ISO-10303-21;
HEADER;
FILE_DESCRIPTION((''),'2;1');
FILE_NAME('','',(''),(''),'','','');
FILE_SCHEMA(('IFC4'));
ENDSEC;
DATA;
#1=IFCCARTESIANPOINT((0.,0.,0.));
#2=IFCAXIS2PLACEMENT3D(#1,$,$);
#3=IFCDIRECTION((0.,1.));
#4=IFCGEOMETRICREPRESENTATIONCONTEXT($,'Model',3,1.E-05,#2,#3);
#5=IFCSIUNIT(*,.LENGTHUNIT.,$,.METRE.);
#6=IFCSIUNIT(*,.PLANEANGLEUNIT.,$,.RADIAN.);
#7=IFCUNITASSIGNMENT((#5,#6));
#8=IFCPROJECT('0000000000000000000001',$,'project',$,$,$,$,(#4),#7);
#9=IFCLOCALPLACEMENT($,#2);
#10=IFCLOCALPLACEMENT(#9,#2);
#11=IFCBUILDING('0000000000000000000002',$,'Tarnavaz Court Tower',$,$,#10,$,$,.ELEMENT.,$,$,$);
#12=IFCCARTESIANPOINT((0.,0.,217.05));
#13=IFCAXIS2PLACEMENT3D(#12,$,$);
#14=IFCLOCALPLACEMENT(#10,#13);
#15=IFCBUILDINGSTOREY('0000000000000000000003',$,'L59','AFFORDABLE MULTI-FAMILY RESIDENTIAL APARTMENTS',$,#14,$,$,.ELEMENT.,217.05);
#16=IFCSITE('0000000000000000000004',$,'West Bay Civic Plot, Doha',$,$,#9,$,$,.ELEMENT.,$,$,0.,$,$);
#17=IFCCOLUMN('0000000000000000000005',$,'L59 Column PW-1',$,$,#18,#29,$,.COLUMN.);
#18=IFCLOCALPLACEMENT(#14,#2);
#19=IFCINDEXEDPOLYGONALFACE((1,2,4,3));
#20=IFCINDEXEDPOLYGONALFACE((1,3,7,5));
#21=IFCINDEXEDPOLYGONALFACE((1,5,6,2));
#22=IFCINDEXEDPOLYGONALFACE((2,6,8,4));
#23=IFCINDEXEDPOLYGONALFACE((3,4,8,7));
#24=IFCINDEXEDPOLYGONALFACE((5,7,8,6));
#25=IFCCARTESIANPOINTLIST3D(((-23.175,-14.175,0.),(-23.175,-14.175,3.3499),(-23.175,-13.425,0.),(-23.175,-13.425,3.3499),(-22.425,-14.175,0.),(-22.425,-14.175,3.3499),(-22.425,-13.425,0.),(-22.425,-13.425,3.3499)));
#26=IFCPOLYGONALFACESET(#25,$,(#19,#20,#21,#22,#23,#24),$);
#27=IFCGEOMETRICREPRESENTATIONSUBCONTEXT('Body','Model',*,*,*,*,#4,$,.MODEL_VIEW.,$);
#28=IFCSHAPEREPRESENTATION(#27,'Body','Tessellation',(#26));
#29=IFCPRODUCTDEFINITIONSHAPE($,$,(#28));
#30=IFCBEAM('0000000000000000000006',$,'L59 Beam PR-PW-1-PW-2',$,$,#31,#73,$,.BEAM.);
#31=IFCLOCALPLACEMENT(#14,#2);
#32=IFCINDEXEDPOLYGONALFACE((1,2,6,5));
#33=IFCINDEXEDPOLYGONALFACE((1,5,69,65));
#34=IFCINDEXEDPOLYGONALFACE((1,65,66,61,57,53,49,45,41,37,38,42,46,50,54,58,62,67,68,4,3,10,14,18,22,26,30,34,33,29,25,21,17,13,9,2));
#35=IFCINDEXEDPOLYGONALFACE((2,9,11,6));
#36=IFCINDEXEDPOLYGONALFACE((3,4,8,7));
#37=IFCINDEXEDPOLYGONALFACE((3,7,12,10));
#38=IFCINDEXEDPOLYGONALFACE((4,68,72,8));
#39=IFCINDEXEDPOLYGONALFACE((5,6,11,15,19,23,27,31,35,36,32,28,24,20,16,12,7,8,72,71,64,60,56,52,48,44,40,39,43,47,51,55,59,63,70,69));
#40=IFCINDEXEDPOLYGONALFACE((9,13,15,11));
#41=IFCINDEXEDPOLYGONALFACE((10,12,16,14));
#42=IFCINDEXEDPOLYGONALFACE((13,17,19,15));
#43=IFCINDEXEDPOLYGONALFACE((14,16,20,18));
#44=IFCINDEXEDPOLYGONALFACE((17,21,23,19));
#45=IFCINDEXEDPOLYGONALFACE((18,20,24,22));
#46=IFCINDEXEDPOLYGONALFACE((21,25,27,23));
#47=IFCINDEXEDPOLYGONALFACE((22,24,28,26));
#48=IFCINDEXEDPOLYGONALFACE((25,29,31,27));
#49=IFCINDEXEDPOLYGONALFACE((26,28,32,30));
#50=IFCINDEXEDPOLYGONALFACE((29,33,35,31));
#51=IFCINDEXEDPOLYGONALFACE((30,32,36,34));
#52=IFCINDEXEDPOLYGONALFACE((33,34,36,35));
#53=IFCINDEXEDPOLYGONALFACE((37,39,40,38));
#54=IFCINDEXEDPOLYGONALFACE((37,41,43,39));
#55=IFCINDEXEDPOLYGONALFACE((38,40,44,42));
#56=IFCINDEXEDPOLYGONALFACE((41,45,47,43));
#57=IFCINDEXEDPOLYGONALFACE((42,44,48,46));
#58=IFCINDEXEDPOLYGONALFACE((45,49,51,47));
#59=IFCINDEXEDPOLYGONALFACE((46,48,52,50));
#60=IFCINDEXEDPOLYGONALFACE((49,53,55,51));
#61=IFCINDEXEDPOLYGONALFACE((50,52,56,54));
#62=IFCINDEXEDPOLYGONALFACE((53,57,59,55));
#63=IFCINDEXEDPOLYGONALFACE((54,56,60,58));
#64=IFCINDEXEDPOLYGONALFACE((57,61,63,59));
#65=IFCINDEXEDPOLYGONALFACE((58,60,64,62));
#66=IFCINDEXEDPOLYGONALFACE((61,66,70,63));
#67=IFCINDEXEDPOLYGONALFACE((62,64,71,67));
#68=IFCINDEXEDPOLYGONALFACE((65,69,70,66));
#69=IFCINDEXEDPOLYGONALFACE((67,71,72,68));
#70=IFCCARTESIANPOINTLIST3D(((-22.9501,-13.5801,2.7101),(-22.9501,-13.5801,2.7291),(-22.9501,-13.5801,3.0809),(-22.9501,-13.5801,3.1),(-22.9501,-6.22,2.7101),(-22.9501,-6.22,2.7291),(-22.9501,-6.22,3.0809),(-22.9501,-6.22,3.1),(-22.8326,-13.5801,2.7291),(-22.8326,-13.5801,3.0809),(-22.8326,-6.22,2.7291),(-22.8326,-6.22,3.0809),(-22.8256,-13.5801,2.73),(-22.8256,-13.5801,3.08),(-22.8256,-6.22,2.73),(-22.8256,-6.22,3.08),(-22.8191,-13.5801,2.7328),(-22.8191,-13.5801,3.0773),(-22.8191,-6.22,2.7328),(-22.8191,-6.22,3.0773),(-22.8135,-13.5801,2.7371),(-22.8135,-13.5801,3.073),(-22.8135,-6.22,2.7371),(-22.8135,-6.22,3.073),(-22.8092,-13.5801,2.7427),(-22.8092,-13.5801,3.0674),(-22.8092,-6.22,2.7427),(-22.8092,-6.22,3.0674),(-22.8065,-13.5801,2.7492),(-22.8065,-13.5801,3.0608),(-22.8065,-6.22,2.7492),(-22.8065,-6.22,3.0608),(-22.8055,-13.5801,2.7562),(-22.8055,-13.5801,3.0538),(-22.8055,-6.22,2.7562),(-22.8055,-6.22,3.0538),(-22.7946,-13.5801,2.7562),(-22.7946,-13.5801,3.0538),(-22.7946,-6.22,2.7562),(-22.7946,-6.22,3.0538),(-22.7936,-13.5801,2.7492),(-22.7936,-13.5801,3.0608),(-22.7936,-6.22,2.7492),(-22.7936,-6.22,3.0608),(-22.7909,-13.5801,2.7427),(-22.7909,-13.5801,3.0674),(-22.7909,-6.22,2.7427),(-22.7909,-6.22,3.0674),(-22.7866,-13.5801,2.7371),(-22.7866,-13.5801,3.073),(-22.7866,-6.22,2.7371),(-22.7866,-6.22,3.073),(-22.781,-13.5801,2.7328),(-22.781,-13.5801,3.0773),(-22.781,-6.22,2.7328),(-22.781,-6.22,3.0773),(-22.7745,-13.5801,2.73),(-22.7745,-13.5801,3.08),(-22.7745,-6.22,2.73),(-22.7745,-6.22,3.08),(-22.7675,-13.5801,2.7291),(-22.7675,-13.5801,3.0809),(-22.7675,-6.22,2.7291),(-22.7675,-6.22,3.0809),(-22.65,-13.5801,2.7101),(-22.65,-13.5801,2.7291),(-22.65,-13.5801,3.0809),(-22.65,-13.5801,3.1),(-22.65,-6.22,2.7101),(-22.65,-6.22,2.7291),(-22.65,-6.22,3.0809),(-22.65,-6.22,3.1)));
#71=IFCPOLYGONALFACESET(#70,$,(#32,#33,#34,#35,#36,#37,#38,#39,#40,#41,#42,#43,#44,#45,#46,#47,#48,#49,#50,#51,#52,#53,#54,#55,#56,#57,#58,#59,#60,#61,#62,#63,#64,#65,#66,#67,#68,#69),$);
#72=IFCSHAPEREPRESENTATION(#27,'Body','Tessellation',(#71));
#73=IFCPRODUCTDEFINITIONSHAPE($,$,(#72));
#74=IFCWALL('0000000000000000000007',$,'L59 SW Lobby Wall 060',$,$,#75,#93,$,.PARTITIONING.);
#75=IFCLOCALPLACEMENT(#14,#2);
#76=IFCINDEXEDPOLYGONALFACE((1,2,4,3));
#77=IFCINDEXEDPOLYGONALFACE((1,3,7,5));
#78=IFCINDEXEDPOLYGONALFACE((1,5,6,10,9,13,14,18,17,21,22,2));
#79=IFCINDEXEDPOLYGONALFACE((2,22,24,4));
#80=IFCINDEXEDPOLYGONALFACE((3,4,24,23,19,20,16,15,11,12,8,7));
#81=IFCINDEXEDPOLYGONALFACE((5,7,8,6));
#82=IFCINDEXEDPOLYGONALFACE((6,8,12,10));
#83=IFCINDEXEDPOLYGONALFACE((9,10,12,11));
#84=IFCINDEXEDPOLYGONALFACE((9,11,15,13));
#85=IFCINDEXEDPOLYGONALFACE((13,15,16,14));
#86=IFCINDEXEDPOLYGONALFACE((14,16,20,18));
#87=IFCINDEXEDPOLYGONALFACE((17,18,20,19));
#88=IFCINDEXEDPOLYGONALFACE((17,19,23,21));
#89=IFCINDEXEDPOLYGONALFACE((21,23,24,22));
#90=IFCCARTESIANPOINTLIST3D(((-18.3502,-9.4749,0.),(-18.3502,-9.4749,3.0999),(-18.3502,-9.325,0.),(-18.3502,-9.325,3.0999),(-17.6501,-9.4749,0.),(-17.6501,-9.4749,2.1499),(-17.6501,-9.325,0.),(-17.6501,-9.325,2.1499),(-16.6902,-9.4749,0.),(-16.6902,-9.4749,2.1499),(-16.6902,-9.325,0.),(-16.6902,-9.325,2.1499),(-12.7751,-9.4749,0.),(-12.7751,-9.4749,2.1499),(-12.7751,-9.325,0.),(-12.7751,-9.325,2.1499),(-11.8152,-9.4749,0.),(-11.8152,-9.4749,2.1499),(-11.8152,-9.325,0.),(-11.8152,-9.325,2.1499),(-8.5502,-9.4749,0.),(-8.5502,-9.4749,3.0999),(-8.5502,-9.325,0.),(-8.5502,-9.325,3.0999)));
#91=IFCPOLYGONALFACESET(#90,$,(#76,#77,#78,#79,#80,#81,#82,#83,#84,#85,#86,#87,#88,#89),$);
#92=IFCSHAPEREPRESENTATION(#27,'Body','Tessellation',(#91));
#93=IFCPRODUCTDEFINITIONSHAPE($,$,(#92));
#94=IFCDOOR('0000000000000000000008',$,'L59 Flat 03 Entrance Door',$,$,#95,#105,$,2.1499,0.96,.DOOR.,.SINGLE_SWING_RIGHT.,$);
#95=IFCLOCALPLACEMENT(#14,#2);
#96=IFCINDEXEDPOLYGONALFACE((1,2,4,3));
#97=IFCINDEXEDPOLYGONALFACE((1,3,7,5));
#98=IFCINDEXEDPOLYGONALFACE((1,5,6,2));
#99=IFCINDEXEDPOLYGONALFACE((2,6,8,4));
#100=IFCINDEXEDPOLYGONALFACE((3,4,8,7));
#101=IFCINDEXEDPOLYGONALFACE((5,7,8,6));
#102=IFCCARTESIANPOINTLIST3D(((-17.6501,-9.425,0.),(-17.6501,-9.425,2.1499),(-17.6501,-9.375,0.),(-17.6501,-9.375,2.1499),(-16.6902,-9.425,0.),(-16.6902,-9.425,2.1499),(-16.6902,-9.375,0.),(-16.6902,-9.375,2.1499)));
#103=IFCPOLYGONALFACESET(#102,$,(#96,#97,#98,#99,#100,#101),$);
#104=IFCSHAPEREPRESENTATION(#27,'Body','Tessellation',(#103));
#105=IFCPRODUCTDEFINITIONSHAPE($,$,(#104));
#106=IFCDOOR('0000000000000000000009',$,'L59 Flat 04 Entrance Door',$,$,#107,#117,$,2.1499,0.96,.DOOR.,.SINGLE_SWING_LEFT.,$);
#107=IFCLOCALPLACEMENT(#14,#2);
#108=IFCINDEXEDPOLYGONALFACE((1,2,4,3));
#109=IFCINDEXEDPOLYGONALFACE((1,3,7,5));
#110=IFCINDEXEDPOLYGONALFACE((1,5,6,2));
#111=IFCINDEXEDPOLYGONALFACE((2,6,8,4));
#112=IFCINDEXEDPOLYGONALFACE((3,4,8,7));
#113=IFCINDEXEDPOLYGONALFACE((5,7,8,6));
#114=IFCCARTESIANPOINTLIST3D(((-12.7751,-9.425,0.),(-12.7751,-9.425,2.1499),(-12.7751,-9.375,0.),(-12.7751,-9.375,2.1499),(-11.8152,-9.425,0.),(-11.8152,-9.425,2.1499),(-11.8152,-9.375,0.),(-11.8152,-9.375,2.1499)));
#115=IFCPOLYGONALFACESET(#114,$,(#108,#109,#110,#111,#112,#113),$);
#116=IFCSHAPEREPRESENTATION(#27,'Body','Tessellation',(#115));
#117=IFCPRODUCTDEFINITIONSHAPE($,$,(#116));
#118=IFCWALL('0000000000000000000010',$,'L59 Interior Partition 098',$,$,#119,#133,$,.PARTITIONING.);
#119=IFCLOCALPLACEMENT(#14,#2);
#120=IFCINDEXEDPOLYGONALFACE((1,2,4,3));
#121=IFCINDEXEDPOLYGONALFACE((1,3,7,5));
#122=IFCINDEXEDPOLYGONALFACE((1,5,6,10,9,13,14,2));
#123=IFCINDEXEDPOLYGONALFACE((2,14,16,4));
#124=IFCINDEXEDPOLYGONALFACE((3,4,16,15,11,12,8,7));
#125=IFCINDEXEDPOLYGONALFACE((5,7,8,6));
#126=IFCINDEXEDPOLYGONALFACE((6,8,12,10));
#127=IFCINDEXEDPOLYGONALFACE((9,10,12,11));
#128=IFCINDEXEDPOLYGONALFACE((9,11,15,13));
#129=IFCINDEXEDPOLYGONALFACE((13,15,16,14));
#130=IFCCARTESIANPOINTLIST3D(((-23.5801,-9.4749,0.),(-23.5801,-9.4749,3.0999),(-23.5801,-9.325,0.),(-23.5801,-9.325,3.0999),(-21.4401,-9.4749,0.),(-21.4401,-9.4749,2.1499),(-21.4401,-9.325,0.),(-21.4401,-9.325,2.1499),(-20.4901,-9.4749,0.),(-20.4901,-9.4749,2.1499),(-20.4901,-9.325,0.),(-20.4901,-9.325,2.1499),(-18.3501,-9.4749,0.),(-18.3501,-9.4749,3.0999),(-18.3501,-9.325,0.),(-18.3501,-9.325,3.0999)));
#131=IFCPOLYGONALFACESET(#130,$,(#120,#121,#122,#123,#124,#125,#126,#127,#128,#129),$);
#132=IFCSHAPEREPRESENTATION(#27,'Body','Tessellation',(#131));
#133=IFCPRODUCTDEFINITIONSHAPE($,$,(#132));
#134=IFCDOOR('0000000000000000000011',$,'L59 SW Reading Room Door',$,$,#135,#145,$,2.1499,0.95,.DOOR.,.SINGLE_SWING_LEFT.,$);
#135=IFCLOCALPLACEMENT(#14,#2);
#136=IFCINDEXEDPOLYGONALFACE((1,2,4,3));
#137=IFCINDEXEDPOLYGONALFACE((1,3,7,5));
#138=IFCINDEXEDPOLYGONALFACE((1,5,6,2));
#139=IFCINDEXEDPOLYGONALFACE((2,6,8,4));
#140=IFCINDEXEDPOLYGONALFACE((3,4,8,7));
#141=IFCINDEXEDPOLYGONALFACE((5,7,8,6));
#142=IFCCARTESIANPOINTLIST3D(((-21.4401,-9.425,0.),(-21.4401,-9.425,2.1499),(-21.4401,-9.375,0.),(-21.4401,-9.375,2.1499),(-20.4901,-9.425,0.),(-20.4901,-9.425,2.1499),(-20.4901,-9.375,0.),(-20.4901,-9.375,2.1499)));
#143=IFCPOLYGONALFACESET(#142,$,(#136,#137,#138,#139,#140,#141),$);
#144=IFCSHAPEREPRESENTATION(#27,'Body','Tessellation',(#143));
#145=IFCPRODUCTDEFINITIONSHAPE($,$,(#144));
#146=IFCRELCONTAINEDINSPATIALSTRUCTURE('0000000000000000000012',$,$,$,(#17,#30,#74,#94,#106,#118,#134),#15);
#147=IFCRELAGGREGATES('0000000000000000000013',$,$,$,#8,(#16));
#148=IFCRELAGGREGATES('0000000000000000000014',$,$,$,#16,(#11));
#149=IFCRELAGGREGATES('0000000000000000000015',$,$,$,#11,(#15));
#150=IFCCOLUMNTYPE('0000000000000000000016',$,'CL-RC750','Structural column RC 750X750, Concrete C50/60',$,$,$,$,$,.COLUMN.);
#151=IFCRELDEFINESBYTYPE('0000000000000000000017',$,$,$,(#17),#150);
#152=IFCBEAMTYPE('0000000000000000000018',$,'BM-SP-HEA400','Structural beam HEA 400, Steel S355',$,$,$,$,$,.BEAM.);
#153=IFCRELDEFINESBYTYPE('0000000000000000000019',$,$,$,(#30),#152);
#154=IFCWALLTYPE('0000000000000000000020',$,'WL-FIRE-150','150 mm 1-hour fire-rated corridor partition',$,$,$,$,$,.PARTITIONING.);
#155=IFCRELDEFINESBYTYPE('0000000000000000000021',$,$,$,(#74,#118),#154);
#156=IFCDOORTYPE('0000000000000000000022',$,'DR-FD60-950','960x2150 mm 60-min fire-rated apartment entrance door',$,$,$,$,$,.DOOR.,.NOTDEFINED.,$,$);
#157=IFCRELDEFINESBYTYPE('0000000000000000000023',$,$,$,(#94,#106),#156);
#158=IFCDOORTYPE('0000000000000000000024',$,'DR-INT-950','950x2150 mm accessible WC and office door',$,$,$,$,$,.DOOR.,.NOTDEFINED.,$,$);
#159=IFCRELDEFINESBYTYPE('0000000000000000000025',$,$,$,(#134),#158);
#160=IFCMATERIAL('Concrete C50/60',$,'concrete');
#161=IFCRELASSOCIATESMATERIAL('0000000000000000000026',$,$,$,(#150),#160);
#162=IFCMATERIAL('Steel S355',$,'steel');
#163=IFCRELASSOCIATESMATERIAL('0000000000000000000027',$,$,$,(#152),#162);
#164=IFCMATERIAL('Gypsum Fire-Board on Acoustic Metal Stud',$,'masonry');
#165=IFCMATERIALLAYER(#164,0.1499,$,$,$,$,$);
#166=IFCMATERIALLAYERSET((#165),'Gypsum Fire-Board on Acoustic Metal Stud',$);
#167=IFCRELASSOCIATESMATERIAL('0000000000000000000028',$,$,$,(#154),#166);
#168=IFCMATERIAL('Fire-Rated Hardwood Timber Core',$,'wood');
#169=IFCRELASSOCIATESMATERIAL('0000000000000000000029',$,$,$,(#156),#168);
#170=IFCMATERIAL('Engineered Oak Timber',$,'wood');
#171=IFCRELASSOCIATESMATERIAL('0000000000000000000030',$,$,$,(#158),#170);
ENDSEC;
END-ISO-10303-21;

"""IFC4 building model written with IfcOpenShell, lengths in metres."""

from ifc_helpers import new_model, si_unit, direction, frame, frame_2d, origin, origin_2d, place, context, subcontext, project, spatial, rectangle, i_section, extrude, material, layer, layer_set, material_profile, profile_set, type_object, element, fill, save


model = new_model("IFC4")

# Units and contexts
model_context = context("Model", 3, precision=1e-05, world=origin(), true_north=direction((0.0, 1.0)))
body_context = subcontext(model_context, "Body", "Model", "MODEL_VIEW")
ifc_project = project(units=[si_unit("LENGTHUNIT", "METRE"), si_unit("PLANEANGLEUNIT", "RADIAN")], contexts=[model_context])

# Site, building, storey
site_placement = place(None, origin())
site = spatial("IfcSite", under=ifc_project, at=site_placement, Name="West Bay Civic Plot, Doha", CompositionType="ELEMENT", RefElevation=0.0)
building_placement = place(site_placement, origin())
building = spatial("IfcBuilding", under=site, at=building_placement, Name="Tarnavaz Court Tower", CompositionType="ELEMENT")
storey_placement = place(building_placement, frame((0.0, 0.0, 217.05)))
storey = spatial("IfcBuildingStorey", under=building, at=storey_placement, Name="L59", Description="AFFORDABLE MULTI-FAMILY RESIDENTIAL APARTMENTS", CompositionType="ELEMENT", Elevation=217.05)

# Column
ifc_material_1 = material(Name="Concrete C50/60", Category="concrete")
ifc_material_profile_1 = material_profile(ifc_material_1, rectangle(XDim=0.75, YDim=0.75, at=origin_2d()), Name="RC 750X750")
ifc_profile_set_1 = profile_set([ifc_material_profile_1], Name="Concrete C50/60")
column_type = type_object("IfcColumnType", Name="CL-RC750", Description="Structural column RC 750X750, Concrete C50/60", PredefinedType="COLUMN", material=ifc_profile_set_1)
column_placement = place(storey_placement, frame((-22.8, -13.8, 0.0), z_axis=(0.0, 0.0, 1.0), x_axis=(1.0, 0.0, 0.0)))
element("IfcColumn", 1, at=column_placement, inside=storey, type_object=column_type, Name="L59 Column PW-1", PredefinedType="COLUMN", context=body_context, shape_type="SweptSolid", body=[
    extrude(rectangle(XDim=0.75, YDim=0.75, at=origin_2d()), origin(), (0.0, 0.0, 1.0), 3.3499),
])

# Beam
ifc_material_2 = material(Name="Steel S355", Category="steel")
ifc_material_profile_2 = material_profile(ifc_material_2, i_section(OverallWidth=0.3, OverallDepth=0.3899, WebThickness=0.011, FlangeThickness=0.019, FilletRadius=0.0271, at=origin_2d()), Name="HEA 400")
ifc_profile_set_2 = profile_set([ifc_material_profile_2], Name="Steel S355")
beam_type = type_object("IfcBeamType", Name="BM-SP-HEA400", Description="Structural beam HEA 400, Steel S355", PredefinedType="BEAM", material=ifc_profile_set_2)
beam_placement = place(storey_placement, frame((-22.8, -13.5801, 2.905), z_axis=(0.0, 1.0, 0.0), x_axis=(-1.0, 0.0, 0.0)))
element("IfcBeam", 2, at=beam_placement, inside=storey, type_object=beam_type, Name="L59 Beam PR-PW-1-PW-2", PredefinedType="BEAM", context=body_context, shape_type="SweptSolid", body=[
    extrude(i_section(OverallWidth=0.3, OverallDepth=0.3899, WebThickness=0.011, FlangeThickness=0.019, FilletRadius=0.0271, at=origin_2d()), origin(), (0.0, 0.0, 1.0), 7.3601),
])

# Wall, openings, doors
ifc_material_3 = material(Name="Gypsum Fire-Board on Acoustic Metal Stud", Category="masonry")
ifc_layer_1 = layer(ifc_material_3, 0.1499)
ifc_layer_set_1 = layer_set([ifc_layer_1], Name="Gypsum Fire-Board on Acoustic Metal Stud")
wall_type_1 = type_object("IfcWallType", Name="WL-FIRE-150", Description="150 mm 1-hour fire-rated corridor partition", PredefinedType="PARTITIONING", material=ifc_layer_set_1)
wall_1_placement = place(storey_placement, frame((-18.3501, -9.3999, 0.0), z_axis=(0.0, 0.0, 1.0), x_axis=(1.0, 0.0, 0.0)))
wall_1 = element("IfcWall", 3, at=wall_1_placement, inside=storey, type_object=wall_type_1, Name="L59 SW Lobby Wall 060", PredefinedType="PARTITIONING", context=body_context, shape_type="SweptSolid", body=[
    extrude(rectangle(XDim=9.8, YDim=0.1499, at=frame_2d((4.8999, 0.0))), origin(), (0.0, 0.0, 1.0), 3.0999),
])
opening_1_placement = place(wall_1_placement, frame((0.7, 0.0, 0.0)))
opening_1 = element("IfcOpeningElement", 4, at=opening_1_placement, cuts=wall_1, PredefinedType="OPENING", context=body_context, shape_type="SweptSolid", body=[
    extrude(rectangle(XDim=0.96, YDim=2.1499, at=frame_2d((0.48, 1.075))), frame((0.0, 0.085, 0.0), z_axis=(0.0, -1.0, 0.0), x_axis=(1.0, 0.0, 0.0)), (0.0, 0.0, 1.0), 0.1699),
])
opening_2_placement = place(wall_1_placement, frame((5.575, 0.0, 0.0)))
opening_2 = element("IfcOpeningElement", 5, at=opening_2_placement, cuts=wall_1, PredefinedType="OPENING", context=body_context, shape_type="SweptSolid", body=[
    extrude(rectangle(XDim=0.96, YDim=2.1499, at=frame_2d((0.48, 1.075))), frame((0.0, 0.085, 0.0), z_axis=(0.0, -1.0, 0.0), x_axis=(1.0, 0.0, 0.0)), (0.0, 0.0, 1.0), 0.1699),
])
ifc_material_4 = material(Name="Fire-Rated Hardwood Timber Core", Category="wood")
door_type_1 = type_object("IfcDoorType", Name="DR-FD60-950", Description="960x2150 mm 60-min fire-rated apartment entrance door", OperationType="NOTDEFINED", PredefinedType="DOOR", material=ifc_material_4)
door_1_placement = place(opening_1_placement, origin())
door_1 = element("IfcDoor", 6, at=door_1_placement, inside=storey, type_object=door_type_1, Name="L59 Flat 03 Entrance Door", OperationType="SINGLE_SWING_RIGHT", OverallHeight=2.1499, OverallWidth=0.96, PredefinedType="DOOR", context=body_context, shape_type="SweptSolid", body=[
    extrude(rectangle(XDim=0.96, YDim=2.1499, at=frame_2d((0.48, 1.075))), frame((0.0, 0.0249, 0.0), z_axis=(0.0, -1.0, 0.0), x_axis=(1.0, 0.0, 0.0)), (0.0, 0.0, 1.0), 0.05),
])
fill(opening_1, door_1)
door_2_placement = place(opening_2_placement, origin())
door_2 = element("IfcDoor", 7, at=door_2_placement, inside=storey, type_object=door_type_1, Name="L59 Flat 04 Entrance Door", OperationType="SINGLE_SWING_LEFT", OverallHeight=2.1499, OverallWidth=0.96, PredefinedType="DOOR", context=body_context, shape_type="SweptSolid", body=[
    extrude(rectangle(XDim=0.96, YDim=2.1499, at=frame_2d((0.48, 1.075))), frame((0.0, 0.0249, 0.0), z_axis=(0.0, -1.0, 0.0), x_axis=(1.0, 0.0, 0.0)), (0.0, 0.0, 1.0), 0.05),
])
fill(opening_2, door_2)

# Wall, opening, door
wall_2_placement = place(storey_placement, frame((-23.5801, -9.3999, 0.0), z_axis=(0.0, 0.0, 1.0), x_axis=(1.0, 0.0, 0.0)))
wall_2 = element("IfcWall", 8, at=wall_2_placement, inside=storey, type_object=wall_type_1, Name="L59 Interior Partition 098", PredefinedType="PARTITIONING", context=body_context, shape_type="SweptSolid", body=[
    extrude(rectangle(XDim=5.23, YDim=0.1499, at=frame_2d((2.615, 0.0))), origin(), (0.0, 0.0, 1.0), 3.0999),
])
opening_3_placement = place(wall_2_placement, frame((2.1399, 0.0, 0.0)))
opening_3 = element("IfcOpeningElement", 9, at=opening_3_placement, cuts=wall_2, PredefinedType="OPENING", context=body_context, shape_type="SweptSolid", body=[
    extrude(rectangle(XDim=0.95, YDim=2.1499, at=frame_2d((0.4751, 1.075))), frame((0.0, 0.085, 0.0), z_axis=(0.0, -1.0, 0.0), x_axis=(1.0, 0.0, 0.0)), (0.0, 0.0, 1.0), 0.1699),
])
ifc_material_5 = material(Name="Engineered Oak Timber", Category="wood")
door_type_2 = type_object("IfcDoorType", Name="DR-INT-950", Description="950x2150 mm accessible WC and office door", OperationType="NOTDEFINED", PredefinedType="DOOR", material=ifc_material_5)
door_3_placement = place(opening_3_placement, origin())
door_3 = element("IfcDoor", 10, at=door_3_placement, inside=storey, type_object=door_type_2, Name="L59 SW Reading Room Door", OperationType="SINGLE_SWING_LEFT", OverallHeight=2.1499, OverallWidth=0.95, PredefinedType="DOOR", context=body_context, shape_type="SweptSolid", body=[
    extrude(rectangle(XDim=0.95, YDim=2.1499, at=frame_2d((0.4751, 1.075))), frame((0.0, 0.0249, 0.0), z_axis=(0.0, -1.0, 0.0), x_axis=(1.0, 0.0, 0.0)), (0.0, 0.0, 1.0), 0.05),
])
fill(opening_3, door_3)

save(model, "model.ifc")
